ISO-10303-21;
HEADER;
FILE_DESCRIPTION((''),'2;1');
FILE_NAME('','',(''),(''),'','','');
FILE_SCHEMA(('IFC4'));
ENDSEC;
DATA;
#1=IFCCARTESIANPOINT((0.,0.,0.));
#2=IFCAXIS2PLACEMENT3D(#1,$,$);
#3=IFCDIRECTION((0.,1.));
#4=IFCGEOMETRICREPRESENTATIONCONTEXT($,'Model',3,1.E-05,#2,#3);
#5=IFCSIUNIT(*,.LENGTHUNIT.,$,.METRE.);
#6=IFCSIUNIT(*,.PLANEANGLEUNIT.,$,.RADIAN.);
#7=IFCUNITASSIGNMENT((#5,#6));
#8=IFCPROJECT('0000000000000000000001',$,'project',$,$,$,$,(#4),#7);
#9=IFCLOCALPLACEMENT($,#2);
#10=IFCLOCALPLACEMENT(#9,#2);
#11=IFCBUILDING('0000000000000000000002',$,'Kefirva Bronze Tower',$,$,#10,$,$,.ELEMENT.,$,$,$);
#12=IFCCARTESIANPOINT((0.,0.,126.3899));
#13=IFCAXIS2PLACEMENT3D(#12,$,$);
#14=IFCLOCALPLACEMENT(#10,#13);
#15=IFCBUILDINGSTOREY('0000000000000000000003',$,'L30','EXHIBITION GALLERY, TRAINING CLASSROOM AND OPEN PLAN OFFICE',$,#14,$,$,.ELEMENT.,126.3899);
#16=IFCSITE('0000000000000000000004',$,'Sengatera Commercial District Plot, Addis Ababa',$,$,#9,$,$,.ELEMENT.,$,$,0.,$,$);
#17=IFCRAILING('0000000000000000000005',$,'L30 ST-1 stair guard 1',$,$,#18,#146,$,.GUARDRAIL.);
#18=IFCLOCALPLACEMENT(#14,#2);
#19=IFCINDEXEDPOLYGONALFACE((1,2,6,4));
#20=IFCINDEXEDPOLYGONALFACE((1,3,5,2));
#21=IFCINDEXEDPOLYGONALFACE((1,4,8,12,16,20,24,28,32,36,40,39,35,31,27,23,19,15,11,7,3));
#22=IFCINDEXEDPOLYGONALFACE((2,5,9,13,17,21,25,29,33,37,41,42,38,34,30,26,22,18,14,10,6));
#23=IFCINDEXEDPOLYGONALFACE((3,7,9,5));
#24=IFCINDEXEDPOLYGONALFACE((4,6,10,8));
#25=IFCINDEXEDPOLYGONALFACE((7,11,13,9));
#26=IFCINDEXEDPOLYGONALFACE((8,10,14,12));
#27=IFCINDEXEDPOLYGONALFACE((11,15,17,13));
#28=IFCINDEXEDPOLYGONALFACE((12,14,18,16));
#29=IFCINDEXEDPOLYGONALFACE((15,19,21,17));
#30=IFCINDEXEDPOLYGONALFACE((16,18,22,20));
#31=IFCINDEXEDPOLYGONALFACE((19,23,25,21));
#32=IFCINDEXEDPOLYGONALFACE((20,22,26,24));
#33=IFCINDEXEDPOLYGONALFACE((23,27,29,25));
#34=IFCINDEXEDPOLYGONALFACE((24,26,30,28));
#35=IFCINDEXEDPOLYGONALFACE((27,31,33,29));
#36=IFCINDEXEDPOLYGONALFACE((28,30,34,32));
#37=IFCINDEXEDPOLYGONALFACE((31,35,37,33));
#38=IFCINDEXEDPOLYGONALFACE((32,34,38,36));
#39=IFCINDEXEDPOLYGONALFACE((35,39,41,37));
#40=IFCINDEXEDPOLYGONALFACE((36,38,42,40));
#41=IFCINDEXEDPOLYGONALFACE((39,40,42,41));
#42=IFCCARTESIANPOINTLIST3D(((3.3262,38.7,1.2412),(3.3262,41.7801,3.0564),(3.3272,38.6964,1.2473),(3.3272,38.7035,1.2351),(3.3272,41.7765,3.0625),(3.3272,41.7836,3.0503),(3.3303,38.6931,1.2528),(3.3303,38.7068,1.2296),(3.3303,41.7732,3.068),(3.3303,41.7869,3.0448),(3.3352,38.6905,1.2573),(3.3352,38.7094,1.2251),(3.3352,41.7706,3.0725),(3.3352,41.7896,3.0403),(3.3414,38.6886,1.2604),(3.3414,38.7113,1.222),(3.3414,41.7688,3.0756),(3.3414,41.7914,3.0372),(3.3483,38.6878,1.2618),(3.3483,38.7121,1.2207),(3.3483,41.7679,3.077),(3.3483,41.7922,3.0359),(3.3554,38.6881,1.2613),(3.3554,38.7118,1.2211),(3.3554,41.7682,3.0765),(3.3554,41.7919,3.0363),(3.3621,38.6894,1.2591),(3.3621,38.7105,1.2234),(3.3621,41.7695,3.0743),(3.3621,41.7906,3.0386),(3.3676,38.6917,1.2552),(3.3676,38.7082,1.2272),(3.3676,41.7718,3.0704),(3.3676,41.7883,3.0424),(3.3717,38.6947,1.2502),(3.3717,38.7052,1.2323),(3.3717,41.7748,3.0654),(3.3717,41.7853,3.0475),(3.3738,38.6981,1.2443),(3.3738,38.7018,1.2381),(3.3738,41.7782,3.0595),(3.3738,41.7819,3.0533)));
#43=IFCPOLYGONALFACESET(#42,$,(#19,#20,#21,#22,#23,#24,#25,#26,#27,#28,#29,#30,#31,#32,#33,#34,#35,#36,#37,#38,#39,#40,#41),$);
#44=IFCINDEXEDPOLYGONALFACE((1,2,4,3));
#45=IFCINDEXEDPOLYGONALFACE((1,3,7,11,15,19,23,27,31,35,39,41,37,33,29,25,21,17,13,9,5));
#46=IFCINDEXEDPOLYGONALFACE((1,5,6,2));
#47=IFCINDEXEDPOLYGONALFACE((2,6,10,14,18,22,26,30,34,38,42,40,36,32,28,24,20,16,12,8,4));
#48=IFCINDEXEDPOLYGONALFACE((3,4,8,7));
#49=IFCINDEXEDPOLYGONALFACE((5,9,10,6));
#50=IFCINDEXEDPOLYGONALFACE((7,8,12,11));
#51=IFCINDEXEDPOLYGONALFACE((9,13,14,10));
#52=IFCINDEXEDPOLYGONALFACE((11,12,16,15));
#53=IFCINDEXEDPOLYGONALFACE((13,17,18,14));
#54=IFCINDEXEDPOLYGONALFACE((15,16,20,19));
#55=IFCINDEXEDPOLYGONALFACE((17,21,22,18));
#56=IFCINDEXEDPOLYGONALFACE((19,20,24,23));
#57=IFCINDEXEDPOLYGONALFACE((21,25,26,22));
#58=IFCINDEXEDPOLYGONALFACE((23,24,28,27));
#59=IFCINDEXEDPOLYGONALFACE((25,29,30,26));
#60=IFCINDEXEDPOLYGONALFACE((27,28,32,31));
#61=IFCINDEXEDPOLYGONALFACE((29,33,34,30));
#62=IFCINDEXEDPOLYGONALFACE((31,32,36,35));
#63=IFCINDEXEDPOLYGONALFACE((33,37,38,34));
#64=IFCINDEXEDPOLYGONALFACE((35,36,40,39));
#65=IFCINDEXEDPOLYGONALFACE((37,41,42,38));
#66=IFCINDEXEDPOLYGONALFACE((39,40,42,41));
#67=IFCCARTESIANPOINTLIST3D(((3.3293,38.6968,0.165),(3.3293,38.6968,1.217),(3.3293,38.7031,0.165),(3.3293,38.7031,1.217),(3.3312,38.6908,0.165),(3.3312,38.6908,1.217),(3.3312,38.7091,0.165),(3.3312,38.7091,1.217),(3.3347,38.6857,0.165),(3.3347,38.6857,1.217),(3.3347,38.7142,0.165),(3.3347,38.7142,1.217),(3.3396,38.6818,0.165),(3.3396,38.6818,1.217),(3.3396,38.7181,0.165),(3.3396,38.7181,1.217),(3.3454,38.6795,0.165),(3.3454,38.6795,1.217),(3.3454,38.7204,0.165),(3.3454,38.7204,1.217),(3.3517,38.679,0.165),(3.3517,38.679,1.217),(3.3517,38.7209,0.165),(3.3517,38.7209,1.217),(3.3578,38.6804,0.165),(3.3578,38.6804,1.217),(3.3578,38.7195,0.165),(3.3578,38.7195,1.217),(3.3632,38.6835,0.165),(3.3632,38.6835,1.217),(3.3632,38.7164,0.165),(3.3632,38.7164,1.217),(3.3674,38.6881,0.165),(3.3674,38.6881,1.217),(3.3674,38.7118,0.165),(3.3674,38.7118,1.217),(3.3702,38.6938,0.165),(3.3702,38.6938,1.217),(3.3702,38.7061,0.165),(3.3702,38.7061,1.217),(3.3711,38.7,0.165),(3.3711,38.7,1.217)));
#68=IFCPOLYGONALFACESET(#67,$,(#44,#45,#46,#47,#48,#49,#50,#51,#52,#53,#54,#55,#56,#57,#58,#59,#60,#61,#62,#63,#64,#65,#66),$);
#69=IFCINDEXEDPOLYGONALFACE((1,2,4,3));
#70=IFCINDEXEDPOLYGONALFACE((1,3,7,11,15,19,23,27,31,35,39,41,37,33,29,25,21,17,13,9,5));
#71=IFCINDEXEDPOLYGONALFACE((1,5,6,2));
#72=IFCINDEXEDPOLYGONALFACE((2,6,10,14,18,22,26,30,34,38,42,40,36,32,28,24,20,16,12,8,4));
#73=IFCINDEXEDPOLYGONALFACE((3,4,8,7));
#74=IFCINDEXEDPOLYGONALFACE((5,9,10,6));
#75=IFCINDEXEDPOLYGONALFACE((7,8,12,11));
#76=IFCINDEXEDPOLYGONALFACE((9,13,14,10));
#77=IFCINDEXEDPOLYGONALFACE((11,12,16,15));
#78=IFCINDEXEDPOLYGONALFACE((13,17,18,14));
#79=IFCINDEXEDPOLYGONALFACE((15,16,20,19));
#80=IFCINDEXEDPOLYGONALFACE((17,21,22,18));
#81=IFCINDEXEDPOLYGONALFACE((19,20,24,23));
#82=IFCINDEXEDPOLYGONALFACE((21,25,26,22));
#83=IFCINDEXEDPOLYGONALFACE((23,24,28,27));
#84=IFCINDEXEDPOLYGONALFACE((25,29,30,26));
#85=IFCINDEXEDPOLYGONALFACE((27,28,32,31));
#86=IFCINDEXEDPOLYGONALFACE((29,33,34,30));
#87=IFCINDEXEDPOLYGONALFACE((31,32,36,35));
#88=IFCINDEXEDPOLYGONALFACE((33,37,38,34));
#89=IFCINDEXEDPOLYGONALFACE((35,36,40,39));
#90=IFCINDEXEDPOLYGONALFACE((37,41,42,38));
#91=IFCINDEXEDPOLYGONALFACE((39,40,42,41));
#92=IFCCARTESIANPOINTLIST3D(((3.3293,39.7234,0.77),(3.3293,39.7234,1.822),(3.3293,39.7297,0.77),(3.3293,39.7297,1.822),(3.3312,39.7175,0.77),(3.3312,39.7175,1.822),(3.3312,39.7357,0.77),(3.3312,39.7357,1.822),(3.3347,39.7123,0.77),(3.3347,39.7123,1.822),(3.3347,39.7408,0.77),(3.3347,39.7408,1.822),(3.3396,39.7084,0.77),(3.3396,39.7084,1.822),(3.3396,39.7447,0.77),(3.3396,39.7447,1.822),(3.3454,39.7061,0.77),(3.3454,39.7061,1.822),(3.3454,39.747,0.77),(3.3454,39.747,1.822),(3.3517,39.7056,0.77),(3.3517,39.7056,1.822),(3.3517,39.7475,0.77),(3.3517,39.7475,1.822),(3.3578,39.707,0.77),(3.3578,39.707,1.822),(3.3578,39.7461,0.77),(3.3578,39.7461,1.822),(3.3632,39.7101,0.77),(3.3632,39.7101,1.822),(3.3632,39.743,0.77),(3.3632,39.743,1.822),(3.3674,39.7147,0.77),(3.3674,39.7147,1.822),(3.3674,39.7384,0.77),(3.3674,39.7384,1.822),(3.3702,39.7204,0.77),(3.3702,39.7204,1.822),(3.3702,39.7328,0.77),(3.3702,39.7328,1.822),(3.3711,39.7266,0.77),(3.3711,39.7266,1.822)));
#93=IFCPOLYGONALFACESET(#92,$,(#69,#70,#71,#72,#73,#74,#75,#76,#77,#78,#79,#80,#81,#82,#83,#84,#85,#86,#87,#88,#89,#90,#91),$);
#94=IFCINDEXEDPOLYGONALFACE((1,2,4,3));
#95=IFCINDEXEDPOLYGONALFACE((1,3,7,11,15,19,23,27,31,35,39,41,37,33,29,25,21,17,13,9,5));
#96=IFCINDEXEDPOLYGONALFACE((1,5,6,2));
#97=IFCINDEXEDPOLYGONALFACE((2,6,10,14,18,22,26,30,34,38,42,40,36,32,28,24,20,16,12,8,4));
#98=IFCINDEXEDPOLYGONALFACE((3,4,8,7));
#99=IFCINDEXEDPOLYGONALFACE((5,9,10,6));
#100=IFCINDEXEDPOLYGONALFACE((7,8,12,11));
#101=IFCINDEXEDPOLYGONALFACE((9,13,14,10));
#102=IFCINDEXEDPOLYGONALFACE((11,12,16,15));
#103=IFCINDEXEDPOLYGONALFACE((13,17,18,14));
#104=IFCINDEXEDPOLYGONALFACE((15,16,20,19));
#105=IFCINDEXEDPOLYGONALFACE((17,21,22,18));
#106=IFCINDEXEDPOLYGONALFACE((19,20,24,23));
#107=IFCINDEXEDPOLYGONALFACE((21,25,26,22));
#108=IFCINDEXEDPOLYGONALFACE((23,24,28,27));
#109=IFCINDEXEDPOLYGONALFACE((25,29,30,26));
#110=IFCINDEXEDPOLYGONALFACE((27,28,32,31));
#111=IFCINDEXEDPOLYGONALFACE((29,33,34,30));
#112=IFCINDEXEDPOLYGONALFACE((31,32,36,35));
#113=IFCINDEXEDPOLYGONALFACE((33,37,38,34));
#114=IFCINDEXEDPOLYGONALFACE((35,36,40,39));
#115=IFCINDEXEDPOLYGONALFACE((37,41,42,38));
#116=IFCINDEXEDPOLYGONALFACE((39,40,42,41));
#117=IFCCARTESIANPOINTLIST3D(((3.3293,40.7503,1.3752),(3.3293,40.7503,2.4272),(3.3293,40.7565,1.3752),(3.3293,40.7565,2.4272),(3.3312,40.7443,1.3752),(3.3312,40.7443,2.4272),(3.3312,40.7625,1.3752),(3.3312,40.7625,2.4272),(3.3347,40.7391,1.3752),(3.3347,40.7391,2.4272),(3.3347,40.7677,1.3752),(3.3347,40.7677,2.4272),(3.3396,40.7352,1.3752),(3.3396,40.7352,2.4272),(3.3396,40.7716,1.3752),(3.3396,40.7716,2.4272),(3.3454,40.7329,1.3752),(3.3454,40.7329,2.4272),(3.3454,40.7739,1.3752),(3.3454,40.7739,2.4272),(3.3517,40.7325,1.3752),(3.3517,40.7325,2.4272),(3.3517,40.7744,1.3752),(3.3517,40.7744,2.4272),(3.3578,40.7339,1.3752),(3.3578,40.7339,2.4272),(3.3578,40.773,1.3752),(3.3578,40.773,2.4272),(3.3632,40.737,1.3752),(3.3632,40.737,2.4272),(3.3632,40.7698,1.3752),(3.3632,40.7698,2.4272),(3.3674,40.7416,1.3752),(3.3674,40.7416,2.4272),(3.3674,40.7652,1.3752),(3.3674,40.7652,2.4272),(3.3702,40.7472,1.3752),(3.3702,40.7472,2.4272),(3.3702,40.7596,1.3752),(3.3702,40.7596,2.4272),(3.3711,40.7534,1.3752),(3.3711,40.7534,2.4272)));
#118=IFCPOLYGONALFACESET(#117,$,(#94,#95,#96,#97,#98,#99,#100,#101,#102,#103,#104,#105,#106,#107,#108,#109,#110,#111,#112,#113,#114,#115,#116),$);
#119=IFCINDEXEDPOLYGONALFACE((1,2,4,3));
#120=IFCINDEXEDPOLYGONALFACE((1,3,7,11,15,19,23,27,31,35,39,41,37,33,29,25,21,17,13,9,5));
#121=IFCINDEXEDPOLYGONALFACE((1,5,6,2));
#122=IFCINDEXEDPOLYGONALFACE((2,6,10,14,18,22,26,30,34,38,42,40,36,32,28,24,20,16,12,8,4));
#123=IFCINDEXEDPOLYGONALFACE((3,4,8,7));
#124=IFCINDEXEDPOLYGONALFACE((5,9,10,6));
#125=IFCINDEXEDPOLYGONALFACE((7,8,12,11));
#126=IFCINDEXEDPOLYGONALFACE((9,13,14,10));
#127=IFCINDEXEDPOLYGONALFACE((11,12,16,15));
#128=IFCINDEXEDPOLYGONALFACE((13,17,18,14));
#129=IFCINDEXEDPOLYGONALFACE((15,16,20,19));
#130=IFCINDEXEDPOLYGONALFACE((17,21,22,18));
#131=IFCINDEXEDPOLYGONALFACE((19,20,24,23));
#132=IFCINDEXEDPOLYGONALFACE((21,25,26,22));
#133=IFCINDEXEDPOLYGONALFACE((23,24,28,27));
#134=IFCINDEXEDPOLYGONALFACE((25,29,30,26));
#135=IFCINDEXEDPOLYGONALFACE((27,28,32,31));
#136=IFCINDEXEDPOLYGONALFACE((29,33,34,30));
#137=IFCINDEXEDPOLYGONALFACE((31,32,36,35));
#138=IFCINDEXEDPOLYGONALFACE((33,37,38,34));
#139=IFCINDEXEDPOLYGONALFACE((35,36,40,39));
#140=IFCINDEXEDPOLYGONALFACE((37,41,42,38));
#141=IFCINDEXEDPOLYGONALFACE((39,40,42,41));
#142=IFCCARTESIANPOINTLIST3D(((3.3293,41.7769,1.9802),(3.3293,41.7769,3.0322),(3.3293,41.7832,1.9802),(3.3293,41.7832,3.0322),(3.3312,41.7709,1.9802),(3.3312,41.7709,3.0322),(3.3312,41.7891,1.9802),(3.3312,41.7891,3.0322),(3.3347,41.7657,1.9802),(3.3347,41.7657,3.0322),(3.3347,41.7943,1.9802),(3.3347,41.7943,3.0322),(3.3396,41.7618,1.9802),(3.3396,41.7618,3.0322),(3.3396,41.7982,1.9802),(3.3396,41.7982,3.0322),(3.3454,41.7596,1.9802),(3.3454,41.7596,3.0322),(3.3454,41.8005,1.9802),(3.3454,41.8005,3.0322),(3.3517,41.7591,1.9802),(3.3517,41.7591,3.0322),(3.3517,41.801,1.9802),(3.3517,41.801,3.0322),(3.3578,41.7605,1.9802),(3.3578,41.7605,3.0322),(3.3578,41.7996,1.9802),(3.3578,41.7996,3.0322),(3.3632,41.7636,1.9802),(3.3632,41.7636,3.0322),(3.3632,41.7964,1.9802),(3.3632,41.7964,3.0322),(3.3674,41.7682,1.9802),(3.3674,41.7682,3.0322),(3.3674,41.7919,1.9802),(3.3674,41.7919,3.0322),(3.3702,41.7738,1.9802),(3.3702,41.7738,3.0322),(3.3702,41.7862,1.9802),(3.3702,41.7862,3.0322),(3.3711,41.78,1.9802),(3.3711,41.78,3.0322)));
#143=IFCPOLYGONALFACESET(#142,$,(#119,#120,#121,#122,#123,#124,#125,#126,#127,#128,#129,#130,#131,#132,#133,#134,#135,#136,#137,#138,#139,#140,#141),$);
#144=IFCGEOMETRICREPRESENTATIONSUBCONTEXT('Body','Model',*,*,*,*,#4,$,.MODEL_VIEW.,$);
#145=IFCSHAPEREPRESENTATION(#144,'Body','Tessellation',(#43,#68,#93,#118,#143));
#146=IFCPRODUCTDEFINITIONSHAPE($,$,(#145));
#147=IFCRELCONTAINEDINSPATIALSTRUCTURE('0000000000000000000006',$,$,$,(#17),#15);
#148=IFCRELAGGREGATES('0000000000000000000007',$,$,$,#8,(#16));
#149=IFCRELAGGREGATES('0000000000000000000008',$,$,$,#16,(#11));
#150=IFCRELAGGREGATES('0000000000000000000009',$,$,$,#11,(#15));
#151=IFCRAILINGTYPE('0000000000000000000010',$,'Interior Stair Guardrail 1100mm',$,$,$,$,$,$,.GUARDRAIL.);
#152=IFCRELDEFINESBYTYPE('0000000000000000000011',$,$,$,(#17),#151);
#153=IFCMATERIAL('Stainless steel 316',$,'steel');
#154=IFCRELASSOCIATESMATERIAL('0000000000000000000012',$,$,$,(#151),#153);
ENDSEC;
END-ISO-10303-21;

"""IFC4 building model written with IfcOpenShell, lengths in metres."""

from ifc_helpers import new_model, si_unit, direction, frame, origin, origin_2d, place, context, subcontext, project, spatial, circle, extrude, material, type_object, element, save


model = new_model("IFC4")

# Units and contexts
model_context = context("Model", 3, precision=1e-05, world=origin(), true_north=direction((0.0, 1.0)))
body_context = subcontext(model_context, "Body", "Model", "MODEL_VIEW")
ifc_project = project(units=[si_unit("LENGTHUNIT", "METRE"), si_unit("PLANEANGLEUNIT", "RADIAN")], contexts=[model_context])

# Site, building, storey
site_placement = place(None, origin())
site = spatial("IfcSite", under=ifc_project, at=site_placement, Name="Sengatera Commercial District Plot, Addis Ababa", CompositionType="ELEMENT", RefElevation=0.0)
building_placement = place(site_placement, origin())
building = spatial("IfcBuilding", under=site, at=building_placement, Name="Kefirva Bronze Tower", CompositionType="ELEMENT")
storey_placement = place(building_placement, frame((0.0, 0.0, 126.3899)))
storey = spatial("IfcBuildingStorey", under=building, at=storey_placement, Name="L30", Description="EXHIBITION GALLERY, TRAINING CLASSROOM AND OPEN PLAN OFFICE", CompositionType="ELEMENT", Elevation=126.3899)

# Railing
ifc_material_1 = material(Name="Stainless steel 316", Category="steel")
railing_type_1 = type_object("IfcRailingType", Name="Interior Stair Guardrail 1100mm", PredefinedType="GUARDRAIL", material=ifc_material_1)
railing_1_placement = place(storey_placement, frame((3.3501, 38.7, 0.165)))
element("IfcRailing", 1, at=railing_1_placement, inside=storey, type_object=railing_type_1, Name="L30 ST-1 stair guard 1", PredefinedType="GUARDRAIL", context=body_context, shape_type="SweptSolid", body=[
    extrude(circle(Radius=0.0239, at=origin_2d()), frame((0.0, 0.0, 1.0762), z_axis=(0.0, 0.861521, 0.507721), x_axis=(-1.0, 0.0, 0.0)), (0.0, 0.0, 1.0), 3.5752),
    extrude(circle(Radius=0.021, at=origin_2d()), origin(), (0.0, 0.0, 1.0), 1.052),
    extrude(circle(Radius=0.021, at=origin_2d()), frame((0.0, 1.0266, 0.605)), (0.0, 0.0, 1.0), 1.052),
    extrude(circle(Radius=0.021, at=origin_2d()), frame((0.0, 2.0535, 1.2102)), (0.0, 0.0, 1.0), 1.052),
    extrude(circle(Radius=0.021, at=origin_2d()), frame((0.0, 3.0801, 1.8152)), (0.0, 0.0, 1.0), 1.052),
])

save(model, "model.ifc")
